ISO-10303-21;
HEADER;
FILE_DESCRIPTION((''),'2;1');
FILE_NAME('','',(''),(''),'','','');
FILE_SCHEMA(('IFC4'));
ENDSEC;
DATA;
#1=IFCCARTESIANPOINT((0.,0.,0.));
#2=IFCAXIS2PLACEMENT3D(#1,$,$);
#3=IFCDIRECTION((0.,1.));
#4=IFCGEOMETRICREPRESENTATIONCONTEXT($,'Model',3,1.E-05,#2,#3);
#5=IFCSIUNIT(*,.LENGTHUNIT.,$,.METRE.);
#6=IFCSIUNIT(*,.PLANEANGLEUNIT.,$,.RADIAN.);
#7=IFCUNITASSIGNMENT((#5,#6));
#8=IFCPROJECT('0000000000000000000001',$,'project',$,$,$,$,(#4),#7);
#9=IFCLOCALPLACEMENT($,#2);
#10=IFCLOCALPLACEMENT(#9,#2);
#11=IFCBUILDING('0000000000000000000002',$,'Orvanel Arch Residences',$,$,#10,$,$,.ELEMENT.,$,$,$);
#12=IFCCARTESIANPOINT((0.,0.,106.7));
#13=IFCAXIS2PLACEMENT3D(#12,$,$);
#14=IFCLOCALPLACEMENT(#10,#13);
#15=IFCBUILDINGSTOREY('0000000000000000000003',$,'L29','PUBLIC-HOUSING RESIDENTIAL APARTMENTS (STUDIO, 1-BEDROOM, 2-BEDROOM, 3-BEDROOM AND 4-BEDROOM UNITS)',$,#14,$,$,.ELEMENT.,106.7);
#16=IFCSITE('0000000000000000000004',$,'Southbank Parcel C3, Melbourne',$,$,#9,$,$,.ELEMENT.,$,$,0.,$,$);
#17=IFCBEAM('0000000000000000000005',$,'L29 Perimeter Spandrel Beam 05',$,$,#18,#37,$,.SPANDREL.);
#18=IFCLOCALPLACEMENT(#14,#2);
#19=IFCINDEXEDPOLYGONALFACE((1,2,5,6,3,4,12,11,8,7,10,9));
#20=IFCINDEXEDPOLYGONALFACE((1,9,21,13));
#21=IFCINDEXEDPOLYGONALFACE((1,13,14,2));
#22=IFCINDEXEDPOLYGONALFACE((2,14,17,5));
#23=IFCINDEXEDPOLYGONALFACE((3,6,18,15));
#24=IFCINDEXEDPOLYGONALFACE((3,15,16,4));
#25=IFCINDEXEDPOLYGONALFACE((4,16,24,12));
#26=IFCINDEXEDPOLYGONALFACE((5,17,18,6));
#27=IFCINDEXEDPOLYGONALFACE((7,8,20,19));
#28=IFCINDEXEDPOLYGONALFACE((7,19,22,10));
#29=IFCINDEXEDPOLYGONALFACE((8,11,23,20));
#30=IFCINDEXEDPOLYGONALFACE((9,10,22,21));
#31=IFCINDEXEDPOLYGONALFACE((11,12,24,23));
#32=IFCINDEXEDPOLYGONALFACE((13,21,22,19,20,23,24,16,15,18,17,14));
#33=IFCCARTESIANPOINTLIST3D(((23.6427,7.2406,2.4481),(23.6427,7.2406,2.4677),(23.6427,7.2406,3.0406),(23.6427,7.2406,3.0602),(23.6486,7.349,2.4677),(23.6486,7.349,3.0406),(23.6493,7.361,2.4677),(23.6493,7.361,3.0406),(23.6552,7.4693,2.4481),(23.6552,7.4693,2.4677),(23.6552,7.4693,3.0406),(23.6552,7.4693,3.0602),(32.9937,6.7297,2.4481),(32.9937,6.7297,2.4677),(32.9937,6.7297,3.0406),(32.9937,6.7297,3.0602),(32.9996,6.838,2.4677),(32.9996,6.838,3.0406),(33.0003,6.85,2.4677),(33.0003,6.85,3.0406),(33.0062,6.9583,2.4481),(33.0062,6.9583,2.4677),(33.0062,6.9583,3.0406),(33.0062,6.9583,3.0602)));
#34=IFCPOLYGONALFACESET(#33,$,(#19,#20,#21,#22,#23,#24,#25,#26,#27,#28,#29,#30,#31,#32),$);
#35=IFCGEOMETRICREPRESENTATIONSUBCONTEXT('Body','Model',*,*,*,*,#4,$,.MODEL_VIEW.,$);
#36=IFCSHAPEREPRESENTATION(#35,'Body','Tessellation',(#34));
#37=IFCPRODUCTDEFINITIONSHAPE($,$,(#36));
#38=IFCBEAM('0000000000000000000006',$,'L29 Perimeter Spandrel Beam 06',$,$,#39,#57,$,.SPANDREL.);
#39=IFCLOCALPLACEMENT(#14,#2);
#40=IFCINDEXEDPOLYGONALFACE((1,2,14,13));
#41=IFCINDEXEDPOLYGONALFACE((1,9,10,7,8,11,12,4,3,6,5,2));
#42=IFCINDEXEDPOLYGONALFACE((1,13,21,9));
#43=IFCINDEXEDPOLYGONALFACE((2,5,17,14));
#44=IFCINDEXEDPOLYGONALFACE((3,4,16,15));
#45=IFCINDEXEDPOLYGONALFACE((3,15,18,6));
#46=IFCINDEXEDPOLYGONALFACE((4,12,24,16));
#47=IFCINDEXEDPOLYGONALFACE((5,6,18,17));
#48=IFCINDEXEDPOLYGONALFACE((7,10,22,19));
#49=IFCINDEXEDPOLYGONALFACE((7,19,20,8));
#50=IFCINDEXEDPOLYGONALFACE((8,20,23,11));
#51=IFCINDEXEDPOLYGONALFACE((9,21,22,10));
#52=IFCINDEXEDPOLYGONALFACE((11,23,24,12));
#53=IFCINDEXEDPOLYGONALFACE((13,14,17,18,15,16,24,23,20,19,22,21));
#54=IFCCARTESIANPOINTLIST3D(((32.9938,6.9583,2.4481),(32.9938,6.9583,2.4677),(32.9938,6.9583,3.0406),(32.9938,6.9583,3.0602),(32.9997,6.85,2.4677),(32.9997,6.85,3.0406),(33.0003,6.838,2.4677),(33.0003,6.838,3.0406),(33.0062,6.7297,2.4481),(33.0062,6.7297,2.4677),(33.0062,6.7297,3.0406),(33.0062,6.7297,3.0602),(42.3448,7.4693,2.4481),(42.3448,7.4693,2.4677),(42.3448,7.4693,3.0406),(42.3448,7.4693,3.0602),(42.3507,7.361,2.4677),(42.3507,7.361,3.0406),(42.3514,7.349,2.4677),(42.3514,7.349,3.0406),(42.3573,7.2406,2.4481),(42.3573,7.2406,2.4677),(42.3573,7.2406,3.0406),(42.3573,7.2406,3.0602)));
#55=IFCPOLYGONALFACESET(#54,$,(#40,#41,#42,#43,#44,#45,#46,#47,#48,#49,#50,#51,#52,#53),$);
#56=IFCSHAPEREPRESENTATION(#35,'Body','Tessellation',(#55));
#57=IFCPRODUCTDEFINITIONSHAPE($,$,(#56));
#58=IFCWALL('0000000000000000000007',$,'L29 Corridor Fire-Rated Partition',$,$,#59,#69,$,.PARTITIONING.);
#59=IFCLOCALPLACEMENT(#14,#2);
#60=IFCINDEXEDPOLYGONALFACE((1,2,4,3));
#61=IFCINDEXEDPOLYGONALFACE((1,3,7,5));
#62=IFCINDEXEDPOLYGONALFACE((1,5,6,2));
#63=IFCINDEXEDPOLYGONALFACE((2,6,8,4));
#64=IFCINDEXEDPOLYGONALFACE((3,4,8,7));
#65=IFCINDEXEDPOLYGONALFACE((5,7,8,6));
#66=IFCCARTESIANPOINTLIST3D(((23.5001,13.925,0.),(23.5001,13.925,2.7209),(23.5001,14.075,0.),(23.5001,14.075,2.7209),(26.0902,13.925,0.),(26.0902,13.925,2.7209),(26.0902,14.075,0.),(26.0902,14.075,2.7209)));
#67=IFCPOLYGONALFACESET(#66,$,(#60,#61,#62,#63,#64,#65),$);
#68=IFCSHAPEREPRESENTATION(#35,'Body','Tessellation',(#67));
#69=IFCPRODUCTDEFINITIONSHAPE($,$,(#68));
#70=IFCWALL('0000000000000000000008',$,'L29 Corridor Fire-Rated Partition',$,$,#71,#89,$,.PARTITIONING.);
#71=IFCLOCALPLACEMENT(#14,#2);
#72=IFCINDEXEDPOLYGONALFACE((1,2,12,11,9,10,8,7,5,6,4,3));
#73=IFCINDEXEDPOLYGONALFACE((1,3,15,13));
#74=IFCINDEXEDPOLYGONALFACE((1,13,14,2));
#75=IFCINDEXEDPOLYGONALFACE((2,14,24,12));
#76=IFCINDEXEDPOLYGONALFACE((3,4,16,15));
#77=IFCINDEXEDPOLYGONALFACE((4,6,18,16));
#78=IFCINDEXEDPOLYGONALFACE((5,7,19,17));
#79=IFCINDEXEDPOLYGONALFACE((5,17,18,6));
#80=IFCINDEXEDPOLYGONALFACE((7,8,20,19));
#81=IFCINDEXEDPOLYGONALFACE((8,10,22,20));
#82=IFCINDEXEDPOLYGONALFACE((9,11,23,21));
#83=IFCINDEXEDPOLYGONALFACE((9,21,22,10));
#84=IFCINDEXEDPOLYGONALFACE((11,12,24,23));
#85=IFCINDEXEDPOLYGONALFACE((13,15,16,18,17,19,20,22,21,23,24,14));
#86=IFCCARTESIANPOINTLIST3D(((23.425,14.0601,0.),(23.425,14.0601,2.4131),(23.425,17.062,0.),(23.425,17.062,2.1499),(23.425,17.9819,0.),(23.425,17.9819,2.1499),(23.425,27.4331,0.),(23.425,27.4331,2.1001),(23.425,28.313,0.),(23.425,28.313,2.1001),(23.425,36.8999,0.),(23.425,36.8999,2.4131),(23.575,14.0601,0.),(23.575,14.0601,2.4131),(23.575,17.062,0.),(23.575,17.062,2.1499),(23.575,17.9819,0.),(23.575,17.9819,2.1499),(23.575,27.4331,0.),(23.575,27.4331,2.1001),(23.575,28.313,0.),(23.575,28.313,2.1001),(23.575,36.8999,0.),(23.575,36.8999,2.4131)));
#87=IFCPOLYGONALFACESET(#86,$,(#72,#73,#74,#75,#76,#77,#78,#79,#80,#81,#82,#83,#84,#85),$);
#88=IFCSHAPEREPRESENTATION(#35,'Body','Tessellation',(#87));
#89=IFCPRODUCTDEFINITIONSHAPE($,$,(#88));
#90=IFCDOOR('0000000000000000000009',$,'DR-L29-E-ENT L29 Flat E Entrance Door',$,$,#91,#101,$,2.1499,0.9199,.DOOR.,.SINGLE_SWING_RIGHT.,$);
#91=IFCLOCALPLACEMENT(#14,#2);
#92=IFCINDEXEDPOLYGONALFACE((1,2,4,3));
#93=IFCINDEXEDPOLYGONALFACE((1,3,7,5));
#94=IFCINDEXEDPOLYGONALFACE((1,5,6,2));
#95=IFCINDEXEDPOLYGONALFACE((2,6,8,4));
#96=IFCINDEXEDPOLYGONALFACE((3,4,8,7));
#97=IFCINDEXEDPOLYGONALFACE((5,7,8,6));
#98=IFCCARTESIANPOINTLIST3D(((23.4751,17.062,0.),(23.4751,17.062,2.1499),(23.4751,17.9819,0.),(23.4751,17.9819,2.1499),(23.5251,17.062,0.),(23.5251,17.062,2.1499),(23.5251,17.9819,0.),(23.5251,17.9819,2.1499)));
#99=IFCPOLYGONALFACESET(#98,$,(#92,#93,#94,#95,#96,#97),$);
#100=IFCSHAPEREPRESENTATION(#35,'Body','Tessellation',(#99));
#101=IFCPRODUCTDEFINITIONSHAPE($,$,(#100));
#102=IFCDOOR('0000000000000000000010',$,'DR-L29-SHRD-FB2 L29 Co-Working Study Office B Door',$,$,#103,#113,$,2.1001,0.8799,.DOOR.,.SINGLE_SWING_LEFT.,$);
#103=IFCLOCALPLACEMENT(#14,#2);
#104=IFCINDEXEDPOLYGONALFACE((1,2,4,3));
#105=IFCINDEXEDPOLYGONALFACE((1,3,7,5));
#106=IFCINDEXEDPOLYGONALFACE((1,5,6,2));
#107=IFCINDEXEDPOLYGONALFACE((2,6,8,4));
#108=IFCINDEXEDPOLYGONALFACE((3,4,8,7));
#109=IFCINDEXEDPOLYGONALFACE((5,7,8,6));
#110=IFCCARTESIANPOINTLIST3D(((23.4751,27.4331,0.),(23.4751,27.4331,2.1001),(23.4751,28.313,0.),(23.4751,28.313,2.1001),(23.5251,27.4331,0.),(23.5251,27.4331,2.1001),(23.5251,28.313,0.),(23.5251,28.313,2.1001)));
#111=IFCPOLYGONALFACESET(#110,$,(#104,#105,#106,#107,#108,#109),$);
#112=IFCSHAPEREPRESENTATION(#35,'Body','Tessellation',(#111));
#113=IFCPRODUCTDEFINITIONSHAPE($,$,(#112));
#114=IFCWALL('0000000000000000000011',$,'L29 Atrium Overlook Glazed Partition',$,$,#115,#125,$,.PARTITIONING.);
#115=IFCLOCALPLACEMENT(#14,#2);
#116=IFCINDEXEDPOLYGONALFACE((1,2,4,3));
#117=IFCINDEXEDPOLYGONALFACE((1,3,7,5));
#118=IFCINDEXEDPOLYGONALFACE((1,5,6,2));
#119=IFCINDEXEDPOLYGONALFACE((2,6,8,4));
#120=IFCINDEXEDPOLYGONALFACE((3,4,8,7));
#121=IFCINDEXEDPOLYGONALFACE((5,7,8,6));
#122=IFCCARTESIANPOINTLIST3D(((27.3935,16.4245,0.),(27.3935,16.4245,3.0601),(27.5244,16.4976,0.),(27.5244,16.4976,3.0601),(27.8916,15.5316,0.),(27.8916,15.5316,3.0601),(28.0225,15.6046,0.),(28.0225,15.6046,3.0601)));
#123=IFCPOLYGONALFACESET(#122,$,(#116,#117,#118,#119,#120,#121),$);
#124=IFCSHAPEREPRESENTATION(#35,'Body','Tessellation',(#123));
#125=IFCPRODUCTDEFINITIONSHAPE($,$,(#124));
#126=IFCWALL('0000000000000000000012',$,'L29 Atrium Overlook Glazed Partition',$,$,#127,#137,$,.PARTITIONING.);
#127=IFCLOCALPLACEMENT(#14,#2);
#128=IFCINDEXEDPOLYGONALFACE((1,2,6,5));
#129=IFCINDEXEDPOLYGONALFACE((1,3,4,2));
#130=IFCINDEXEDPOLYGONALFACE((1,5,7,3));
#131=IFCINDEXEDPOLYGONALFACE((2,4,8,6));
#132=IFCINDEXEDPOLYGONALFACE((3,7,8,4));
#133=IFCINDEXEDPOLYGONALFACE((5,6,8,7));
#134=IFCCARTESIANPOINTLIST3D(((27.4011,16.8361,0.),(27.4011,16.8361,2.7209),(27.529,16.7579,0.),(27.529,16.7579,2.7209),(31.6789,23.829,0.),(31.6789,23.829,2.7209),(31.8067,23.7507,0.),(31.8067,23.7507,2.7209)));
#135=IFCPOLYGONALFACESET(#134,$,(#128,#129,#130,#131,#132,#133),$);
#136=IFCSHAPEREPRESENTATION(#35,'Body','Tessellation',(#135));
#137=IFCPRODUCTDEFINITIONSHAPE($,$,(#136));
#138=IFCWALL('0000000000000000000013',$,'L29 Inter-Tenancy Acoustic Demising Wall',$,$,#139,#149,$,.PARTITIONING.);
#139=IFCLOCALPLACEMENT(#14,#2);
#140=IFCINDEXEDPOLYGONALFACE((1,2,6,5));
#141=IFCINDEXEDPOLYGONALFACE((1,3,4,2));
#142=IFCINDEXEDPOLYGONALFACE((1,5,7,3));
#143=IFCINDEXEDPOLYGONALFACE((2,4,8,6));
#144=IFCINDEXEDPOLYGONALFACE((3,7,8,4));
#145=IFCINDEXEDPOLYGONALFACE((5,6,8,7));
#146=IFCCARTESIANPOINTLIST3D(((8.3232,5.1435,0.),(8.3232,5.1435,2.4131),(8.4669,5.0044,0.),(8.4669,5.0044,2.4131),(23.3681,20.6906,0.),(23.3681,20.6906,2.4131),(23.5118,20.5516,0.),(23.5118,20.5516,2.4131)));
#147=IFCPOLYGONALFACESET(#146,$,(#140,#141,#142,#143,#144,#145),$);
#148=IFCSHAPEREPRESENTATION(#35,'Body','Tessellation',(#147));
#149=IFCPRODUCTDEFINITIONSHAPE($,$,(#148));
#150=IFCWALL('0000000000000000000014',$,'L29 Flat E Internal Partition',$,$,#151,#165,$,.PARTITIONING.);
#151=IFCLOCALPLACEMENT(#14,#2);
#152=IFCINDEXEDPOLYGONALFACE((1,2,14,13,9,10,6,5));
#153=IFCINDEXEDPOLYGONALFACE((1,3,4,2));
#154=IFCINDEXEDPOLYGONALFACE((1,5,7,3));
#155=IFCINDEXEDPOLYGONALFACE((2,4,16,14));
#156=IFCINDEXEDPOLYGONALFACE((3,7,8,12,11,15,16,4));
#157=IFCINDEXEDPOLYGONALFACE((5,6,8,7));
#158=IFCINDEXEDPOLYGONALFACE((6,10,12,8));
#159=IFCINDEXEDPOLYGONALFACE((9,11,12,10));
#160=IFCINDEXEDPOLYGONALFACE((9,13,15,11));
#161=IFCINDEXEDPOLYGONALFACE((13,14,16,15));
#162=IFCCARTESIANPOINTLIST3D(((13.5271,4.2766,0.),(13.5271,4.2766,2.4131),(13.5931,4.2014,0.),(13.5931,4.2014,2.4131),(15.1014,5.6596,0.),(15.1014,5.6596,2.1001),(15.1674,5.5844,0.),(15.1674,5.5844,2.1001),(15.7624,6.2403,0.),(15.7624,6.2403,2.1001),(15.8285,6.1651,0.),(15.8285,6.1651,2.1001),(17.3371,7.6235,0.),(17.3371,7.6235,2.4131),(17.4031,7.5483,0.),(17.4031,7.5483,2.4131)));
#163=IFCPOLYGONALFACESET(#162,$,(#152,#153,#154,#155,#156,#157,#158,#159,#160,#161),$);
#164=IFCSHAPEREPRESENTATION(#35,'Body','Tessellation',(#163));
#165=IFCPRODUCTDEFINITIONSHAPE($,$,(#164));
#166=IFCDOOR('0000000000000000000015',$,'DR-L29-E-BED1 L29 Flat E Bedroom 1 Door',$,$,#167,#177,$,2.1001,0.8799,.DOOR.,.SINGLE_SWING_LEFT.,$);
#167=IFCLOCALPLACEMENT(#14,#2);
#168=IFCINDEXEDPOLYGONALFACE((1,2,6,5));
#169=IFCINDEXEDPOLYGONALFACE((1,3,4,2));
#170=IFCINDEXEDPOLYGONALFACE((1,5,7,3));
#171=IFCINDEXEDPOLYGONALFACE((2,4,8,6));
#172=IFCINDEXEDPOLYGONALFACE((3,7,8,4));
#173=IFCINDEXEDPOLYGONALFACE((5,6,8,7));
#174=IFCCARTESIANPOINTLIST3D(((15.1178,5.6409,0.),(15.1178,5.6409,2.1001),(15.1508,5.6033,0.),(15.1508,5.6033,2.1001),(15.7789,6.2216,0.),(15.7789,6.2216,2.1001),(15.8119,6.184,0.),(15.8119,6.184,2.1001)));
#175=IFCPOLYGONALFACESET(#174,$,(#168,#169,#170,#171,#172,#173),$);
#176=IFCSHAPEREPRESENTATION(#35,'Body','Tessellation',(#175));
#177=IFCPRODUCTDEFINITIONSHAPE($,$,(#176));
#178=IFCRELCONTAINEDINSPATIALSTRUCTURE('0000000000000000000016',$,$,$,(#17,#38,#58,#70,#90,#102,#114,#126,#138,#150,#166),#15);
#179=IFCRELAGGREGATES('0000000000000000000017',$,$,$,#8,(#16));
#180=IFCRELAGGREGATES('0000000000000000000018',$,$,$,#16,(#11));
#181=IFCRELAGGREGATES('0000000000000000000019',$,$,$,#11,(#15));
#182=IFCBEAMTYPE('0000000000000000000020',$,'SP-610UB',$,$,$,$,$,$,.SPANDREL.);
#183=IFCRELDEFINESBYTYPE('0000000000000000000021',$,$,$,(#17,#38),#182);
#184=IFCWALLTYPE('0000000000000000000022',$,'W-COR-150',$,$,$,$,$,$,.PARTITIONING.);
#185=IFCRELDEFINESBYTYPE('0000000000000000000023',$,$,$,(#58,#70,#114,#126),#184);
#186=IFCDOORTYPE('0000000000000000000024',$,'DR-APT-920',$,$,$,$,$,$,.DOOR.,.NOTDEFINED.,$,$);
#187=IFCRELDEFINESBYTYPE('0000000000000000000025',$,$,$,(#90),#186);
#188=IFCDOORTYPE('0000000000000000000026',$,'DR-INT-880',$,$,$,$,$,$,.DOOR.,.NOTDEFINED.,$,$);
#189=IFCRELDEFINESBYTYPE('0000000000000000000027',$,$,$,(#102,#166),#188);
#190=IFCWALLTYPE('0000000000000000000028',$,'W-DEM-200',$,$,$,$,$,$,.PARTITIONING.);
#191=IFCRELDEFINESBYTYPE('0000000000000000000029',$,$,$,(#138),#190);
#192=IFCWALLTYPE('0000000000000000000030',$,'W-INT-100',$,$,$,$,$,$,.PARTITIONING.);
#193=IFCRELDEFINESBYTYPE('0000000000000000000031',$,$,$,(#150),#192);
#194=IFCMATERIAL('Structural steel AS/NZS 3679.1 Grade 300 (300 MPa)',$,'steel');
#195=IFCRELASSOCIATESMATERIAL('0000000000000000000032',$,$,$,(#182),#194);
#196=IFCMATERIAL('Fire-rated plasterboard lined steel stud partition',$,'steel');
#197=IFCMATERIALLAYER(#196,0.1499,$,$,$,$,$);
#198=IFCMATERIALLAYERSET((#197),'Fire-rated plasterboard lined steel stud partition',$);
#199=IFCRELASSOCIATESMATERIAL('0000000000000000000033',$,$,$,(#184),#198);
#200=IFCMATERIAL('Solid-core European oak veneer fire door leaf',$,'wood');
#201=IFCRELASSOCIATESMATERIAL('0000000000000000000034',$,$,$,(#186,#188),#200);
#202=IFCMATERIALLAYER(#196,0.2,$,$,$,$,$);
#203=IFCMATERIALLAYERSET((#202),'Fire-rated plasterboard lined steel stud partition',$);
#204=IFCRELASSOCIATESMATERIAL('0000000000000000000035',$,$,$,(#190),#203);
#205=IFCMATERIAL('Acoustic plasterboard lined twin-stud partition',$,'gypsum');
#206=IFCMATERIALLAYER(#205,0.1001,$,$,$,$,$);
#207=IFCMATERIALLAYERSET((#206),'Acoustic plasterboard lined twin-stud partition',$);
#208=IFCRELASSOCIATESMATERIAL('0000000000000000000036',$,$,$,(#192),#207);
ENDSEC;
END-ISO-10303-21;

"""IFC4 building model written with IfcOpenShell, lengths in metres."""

from ifc_helpers import new_model, si_unit, direction, frame, frame_2d, origin, origin_2d, place, context, subcontext, project, spatial, rectangle, i_section, extrude, material, layer, layer_set, material_profile, profile_set, type_object, element, fill, save


model = new_model("IFC4")

# Units and contexts
model_context = context("Model", 3, precision=1e-05, world=origin(), true_north=direction((0.0, 1.0)))
body_context = subcontext(model_context, "Body", "Model", "MODEL_VIEW")
ifc_project = project(units=[si_unit("LENGTHUNIT", "METRE"), si_unit("PLANEANGLEUNIT", "RADIAN")], contexts=[model_context])

# Site, building, storey
site_placement = place(None, origin())
site = spatial("IfcSite", under=ifc_project, at=site_placement, Name="Southbank Parcel C3, Melbourne", CompositionType="ELEMENT", RefElevation=0.0)
building_placement = place(site_placement, origin())
building = spatial("IfcBuilding", under=site, at=building_placement, Name="Orvanel Arch Residences", CompositionType="ELEMENT")
storey_placement = place(building_placement, frame((0.0, 0.0, 106.7)))
storey = spatial("IfcBuildingStorey", under=building, at=storey_placement, Name="L29", Description="PUBLIC-HOUSING RESIDENTIAL APARTMENTS (STUDIO, 1-BEDROOM, 2-BEDROOM, 3-BEDROOM AND 4-BEDROOM UNITS)", CompositionType="ELEMENT", Elevation=106.7)

# Beams
ifc_material_1 = material(Name="Structural steel AS/NZS 3679.1 Grade 300 (300 MPa)", Category="steel")
ifc_material_profile_1 = material_profile(ifc_material_1, i_section(OverallWidth=0.229, OverallDepth=0.6121, WebThickness=0.012, FlangeThickness=0.0195, at=origin_2d()), Name="610UB125")
ifc_profile_set_1 = profile_set([ifc_material_profile_1], Name="Structural steel AS/NZS 3679.1 Grade 300 (300 MPa)")
beam_type = type_object("IfcBeamType", Name="SP-610UB", PredefinedType="SPANDREL", material=ifc_profile_set_1)
for number, where, z_axis, x_axis, name in (
    (1, (23.6489, 7.355, 2.7542), (0.99851, -0.054563, 0.0), (0.054563, 0.99851, 0.0), "L29 Perimeter Spandrel Beam 05"),
    (2, (33.0, 6.844, 2.7542), (0.99851, 0.054563, 0.0), (-0.054563, 0.99851, 0.0), "L29 Perimeter Spandrel Beam 06"),
):
    element("IfcBeam", number, at=place(storey_placement, frame(where, z_axis=z_axis, x_axis=x_axis)), inside=storey, type_object=beam_type, Name=name, PredefinedType="SPANDREL", context=body_context, shape_type="SweptSolid", body=[
        extrude(i_section(OverallWidth=0.229, OverallDepth=0.6121, WebThickness=0.012, FlangeThickness=0.0195, at=origin_2d()), origin(), (0.0, 0.0, 1.0), 9.365),
    ])

# Wall
ifc_material_2 = material(Name="Fire-rated plasterboard lined steel stud partition", Category="steel")
ifc_layer_1 = layer(ifc_material_2, 0.1499)
ifc_layer_set_1 = layer_set([ifc_layer_1], Name="Fire-rated plasterboard lined steel stud partition")
wall_type_1 = type_object("IfcWallType", Name="W-COR-150", PredefinedType="PARTITIONING", material=ifc_layer_set_1)
wall_1_placement = place(storey_placement, frame((26.0901, 14.0, 0.0), z_axis=(0.0, 0.0, 1.0), x_axis=(-1.0, 0.0, 0.0)))
element("IfcWall", 3, at=wall_1_placement, inside=storey, type_object=wall_type_1, Name="L29 Corridor Fire-Rated Partition", PredefinedType="PARTITIONING", context=body_context, shape_type="SweptSolid", body=[
    extrude(rectangle(XDim=2.5901, YDim=0.1499, at=frame_2d((1.2949, 0.0))), origin(), (0.0, 0.0, 1.0), 2.7209),
])

# Wall, openings, doors
wall_2_placement = place(storey_placement, frame((23.5, 14.0601, 0.0), z_axis=(0.0, 0.0, 1.0), x_axis=(0.0, 1.0, 0.0)))
wall_2 = element("IfcWall", 4, at=wall_2_placement, inside=storey, type_object=wall_type_1, Name="L29 Corridor Fire-Rated Partition", PredefinedType="PARTITIONING", context=body_context, shape_type="SweptSolid", body=[
    extrude(rectangle(XDim=22.8398, YDim=0.1499, at=frame_2d((11.4199, 0.0))), origin(), (0.0, 0.0, 1.0), 2.4131),
])
opening_1_placement = place(wall_2_placement, frame((13.373, 0.0, 0.0)))
opening_1 = element("IfcOpeningElement", 5, at=opening_1_placement, cuts=wall_2, PredefinedType="OPENING", context=body_context, shape_type="SweptSolid", body=[
    extrude(rectangle(XDim=0.8799, YDim=2.1001, at=frame_2d((0.4399, 1.05))), frame((0.0, 0.085, 0.0), z_axis=(0.0, -1.0, 0.0), x_axis=(1.0, 0.0, 0.0)), (0.0, 0.0, 1.0), 0.1699),
])
opening_2_placement = place(wall_2_placement, frame((3.002, 0.0, 0.0)))
opening_2 = element("IfcOpeningElement", 6, at=opening_2_placement, cuts=wall_2, PredefinedType="OPENING", context=body_context, shape_type="SweptSolid", body=[
    extrude(rectangle(XDim=0.9199, YDim=2.1499, at=frame_2d((0.46, 1.075))), frame((0.0, 0.085, 0.0), z_axis=(0.0, -1.0, 0.0), x_axis=(1.0, 0.0, 0.0)), (0.0, 0.0, 1.0), 0.1699),
])
ifc_material_3 = material(Name="Solid-core European oak veneer fire door leaf", Category="wood")
door_type_1 = type_object("IfcDoorType", Name="DR-APT-920", OperationType="NOTDEFINED", PredefinedType="DOOR", material=ifc_material_3)
door_1_placement = place(opening_2_placement, origin())
door_1 = element("IfcDoor", 7, at=door_1_placement, inside=storey, type_object=door_type_1, Name="DR-L29-E-ENT L29 Flat E Entrance Door", OperationType="SINGLE_SWING_RIGHT", OverallHeight=2.1499, OverallWidth=0.9199, PredefinedType="DOOR", context=body_context, shape_type="SweptSolid", body=[
    extrude(rectangle(XDim=0.9199, YDim=2.1499, at=frame_2d((0.46, 1.075))), frame((0.0, 0.0249, 0.0), z_axis=(0.0, -1.0, 0.0), x_axis=(1.0, 0.0, 0.0)), (0.0, 0.0, 1.0), 0.05),
])
fill(opening_2, door_1)
door_type_2 = type_object("IfcDoorType", Name="DR-INT-880", OperationType="NOTDEFINED", PredefinedType="DOOR", material=ifc_material_3)
door_2_placement = place(opening_1_placement, origin())
door_2 = element("IfcDoor", 8, at=door_2_placement, inside=storey, type_object=door_type_2, Name="DR-L29-SHRD-FB2 L29 Co-Working Study Office B Door", OperationType="SINGLE_SWING_LEFT", OverallHeight=2.1001, OverallWidth=0.8799, PredefinedType="DOOR", context=body_context, shape_type="SweptSolid", body=[
    extrude(rectangle(XDim=0.8799, YDim=2.1001, at=frame_2d((0.4399, 1.05))), frame((0.0, 0.0249, 0.0), z_axis=(0.0, -1.0, 0.0), x_axis=(1.0, 0.0, 0.0)), (0.0, 0.0, 1.0), 0.05),
])
fill(opening_1, door_2)

# Walls
wall_3_placement = place(storey_placement, frame((27.957, 15.5681, 0.0), z_axis=(0.0, 0.0, 1.0), x_axis=(-0.487163, 0.873311, 0.0)))
element("IfcWall", 9, at=wall_3_placement, inside=storey, type_object=wall_type_1, Name="L29 Atrium Overlook Glazed Partition", PredefinedType="PARTITIONING", context=body_context, shape_type="SweptSolid", body=[
    extrude(rectangle(XDim=1.0225, YDim=0.1499, at=frame_2d((0.5112, 0.0))), origin(), (0.0, 0.0, 1.0), 3.0601),
])
wall_4_placement = place(storey_placement, frame((27.4651, 16.7971, 0.0), z_axis=(0.0, 0.0, 1.0), x_axis=(0.521839, 0.853044, 0.0)))
element("IfcWall", 10, at=wall_4_placement, inside=storey, type_object=wall_type_1, Name="L29 Atrium Overlook Glazed Partition", PredefinedType="PARTITIONING", context=body_context, shape_type="SweptSolid", body=[
    extrude(rectangle(XDim=8.1975, YDim=0.1499, at=frame_2d((4.0986, 0.0))), origin(), (0.0, 0.0, 1.0), 2.7209),
])
ifc_layer_2 = layer(ifc_material_2, 0.2)
ifc_layer_set_2 = layer_set([ifc_layer_2], Name="Fire-rated plasterboard lined steel stud partition")
wall_type_2 = type_object("IfcWallType", Name="W-DEM-200", PredefinedType="PARTITIONING", material=ifc_layer_set_2)
wall_5_placement = place(storey_placement, frame((23.4399, 20.6211, 0.0), z_axis=(0.0, 0.0, 1.0), x_axis=(-0.695405, -0.718618, 0.0)))
element("IfcWall", 11, at=wall_5_placement, inside=storey, type_object=wall_type_2, Name="L29 Inter-Tenancy Acoustic Demising Wall", PredefinedType="PARTITIONING", context=body_context, shape_type="SweptSolid", body=[
    extrude(rectangle(XDim=21.6348, YDim=0.2, at=frame_2d((10.8174, 0.0))), origin(), (0.0, 0.0, 1.0), 2.4131),
])

# Wall, opening, door
ifc_material_4 = material(Name="Acoustic plasterboard lined twin-stud partition", Category="gypsum")
ifc_layer_3 = layer(ifc_material_4, 0.1001)
ifc_layer_set_3 = layer_set([ifc_layer_3], Name="Acoustic plasterboard lined twin-stud partition")
wall_type_3 = type_object("IfcWallType", Name="W-INT-100", PredefinedType="PARTITIONING", material=ifc_layer_set_3)
wall_6_placement = place(storey_placement, frame((17.3701, 7.5859, 0.0), z_axis=(0.0, 0.0, 1.0), x_axis=(-0.751293, -0.659969, 0.0)))
wall_6 = element("IfcWall", 12, at=wall_6_placement, inside=storey, type_object=wall_type_3, Name="L29 Flat E Internal Partition", PredefinedType="PARTITIONING", context=body_context, shape_type="SweptSolid", body=[
    extrude(rectangle(XDim=5.0713, YDim=0.1001, at=frame_2d((2.5356, 0.0))), origin(), (0.0, 0.0, 1.0), 2.4131),
])
opening_3_placement = place(wall_6_placement, frame((2.0959, 0.0, 0.0)))
opening_3 = element("IfcOpeningElement", 13, at=opening_3_placement, cuts=wall_6, PredefinedType="OPENING", context=body_context, shape_type="SweptSolid", body=[
    extrude(rectangle(XDim=0.8799, YDim=2.1001, at=frame_2d((0.4399, 1.05))), frame((0.0, 0.0601, 0.0), z_axis=(0.0, -1.0, 0.0), x_axis=(1.0, 0.0, 0.0)), (0.0, 0.0, 1.0), 0.1201),
])
door_3_placement = place(opening_3_placement, origin())
door_3 = element("IfcDoor", 14, at=door_3_placement, inside=storey, type_object=door_type_2, Name="DR-L29-E-BED1 L29 Flat E Bedroom 1 Door", OperationType="SINGLE_SWING_LEFT", OverallHeight=2.1001, OverallWidth=0.8799, PredefinedType="DOOR", context=body_context, shape_type="SweptSolid", body=[
    extrude(rectangle(XDim=0.8799, YDim=2.1001, at=frame_2d((0.4399, 1.05))), frame((0.0, 0.0249, 0.0), z_axis=(0.0, -1.0, 0.0), x_axis=(1.0, 0.0, 0.0)), (0.0, 0.0, 1.0), 0.05),
])
fill(opening_3, door_3)

save(model, "model.ifc")
